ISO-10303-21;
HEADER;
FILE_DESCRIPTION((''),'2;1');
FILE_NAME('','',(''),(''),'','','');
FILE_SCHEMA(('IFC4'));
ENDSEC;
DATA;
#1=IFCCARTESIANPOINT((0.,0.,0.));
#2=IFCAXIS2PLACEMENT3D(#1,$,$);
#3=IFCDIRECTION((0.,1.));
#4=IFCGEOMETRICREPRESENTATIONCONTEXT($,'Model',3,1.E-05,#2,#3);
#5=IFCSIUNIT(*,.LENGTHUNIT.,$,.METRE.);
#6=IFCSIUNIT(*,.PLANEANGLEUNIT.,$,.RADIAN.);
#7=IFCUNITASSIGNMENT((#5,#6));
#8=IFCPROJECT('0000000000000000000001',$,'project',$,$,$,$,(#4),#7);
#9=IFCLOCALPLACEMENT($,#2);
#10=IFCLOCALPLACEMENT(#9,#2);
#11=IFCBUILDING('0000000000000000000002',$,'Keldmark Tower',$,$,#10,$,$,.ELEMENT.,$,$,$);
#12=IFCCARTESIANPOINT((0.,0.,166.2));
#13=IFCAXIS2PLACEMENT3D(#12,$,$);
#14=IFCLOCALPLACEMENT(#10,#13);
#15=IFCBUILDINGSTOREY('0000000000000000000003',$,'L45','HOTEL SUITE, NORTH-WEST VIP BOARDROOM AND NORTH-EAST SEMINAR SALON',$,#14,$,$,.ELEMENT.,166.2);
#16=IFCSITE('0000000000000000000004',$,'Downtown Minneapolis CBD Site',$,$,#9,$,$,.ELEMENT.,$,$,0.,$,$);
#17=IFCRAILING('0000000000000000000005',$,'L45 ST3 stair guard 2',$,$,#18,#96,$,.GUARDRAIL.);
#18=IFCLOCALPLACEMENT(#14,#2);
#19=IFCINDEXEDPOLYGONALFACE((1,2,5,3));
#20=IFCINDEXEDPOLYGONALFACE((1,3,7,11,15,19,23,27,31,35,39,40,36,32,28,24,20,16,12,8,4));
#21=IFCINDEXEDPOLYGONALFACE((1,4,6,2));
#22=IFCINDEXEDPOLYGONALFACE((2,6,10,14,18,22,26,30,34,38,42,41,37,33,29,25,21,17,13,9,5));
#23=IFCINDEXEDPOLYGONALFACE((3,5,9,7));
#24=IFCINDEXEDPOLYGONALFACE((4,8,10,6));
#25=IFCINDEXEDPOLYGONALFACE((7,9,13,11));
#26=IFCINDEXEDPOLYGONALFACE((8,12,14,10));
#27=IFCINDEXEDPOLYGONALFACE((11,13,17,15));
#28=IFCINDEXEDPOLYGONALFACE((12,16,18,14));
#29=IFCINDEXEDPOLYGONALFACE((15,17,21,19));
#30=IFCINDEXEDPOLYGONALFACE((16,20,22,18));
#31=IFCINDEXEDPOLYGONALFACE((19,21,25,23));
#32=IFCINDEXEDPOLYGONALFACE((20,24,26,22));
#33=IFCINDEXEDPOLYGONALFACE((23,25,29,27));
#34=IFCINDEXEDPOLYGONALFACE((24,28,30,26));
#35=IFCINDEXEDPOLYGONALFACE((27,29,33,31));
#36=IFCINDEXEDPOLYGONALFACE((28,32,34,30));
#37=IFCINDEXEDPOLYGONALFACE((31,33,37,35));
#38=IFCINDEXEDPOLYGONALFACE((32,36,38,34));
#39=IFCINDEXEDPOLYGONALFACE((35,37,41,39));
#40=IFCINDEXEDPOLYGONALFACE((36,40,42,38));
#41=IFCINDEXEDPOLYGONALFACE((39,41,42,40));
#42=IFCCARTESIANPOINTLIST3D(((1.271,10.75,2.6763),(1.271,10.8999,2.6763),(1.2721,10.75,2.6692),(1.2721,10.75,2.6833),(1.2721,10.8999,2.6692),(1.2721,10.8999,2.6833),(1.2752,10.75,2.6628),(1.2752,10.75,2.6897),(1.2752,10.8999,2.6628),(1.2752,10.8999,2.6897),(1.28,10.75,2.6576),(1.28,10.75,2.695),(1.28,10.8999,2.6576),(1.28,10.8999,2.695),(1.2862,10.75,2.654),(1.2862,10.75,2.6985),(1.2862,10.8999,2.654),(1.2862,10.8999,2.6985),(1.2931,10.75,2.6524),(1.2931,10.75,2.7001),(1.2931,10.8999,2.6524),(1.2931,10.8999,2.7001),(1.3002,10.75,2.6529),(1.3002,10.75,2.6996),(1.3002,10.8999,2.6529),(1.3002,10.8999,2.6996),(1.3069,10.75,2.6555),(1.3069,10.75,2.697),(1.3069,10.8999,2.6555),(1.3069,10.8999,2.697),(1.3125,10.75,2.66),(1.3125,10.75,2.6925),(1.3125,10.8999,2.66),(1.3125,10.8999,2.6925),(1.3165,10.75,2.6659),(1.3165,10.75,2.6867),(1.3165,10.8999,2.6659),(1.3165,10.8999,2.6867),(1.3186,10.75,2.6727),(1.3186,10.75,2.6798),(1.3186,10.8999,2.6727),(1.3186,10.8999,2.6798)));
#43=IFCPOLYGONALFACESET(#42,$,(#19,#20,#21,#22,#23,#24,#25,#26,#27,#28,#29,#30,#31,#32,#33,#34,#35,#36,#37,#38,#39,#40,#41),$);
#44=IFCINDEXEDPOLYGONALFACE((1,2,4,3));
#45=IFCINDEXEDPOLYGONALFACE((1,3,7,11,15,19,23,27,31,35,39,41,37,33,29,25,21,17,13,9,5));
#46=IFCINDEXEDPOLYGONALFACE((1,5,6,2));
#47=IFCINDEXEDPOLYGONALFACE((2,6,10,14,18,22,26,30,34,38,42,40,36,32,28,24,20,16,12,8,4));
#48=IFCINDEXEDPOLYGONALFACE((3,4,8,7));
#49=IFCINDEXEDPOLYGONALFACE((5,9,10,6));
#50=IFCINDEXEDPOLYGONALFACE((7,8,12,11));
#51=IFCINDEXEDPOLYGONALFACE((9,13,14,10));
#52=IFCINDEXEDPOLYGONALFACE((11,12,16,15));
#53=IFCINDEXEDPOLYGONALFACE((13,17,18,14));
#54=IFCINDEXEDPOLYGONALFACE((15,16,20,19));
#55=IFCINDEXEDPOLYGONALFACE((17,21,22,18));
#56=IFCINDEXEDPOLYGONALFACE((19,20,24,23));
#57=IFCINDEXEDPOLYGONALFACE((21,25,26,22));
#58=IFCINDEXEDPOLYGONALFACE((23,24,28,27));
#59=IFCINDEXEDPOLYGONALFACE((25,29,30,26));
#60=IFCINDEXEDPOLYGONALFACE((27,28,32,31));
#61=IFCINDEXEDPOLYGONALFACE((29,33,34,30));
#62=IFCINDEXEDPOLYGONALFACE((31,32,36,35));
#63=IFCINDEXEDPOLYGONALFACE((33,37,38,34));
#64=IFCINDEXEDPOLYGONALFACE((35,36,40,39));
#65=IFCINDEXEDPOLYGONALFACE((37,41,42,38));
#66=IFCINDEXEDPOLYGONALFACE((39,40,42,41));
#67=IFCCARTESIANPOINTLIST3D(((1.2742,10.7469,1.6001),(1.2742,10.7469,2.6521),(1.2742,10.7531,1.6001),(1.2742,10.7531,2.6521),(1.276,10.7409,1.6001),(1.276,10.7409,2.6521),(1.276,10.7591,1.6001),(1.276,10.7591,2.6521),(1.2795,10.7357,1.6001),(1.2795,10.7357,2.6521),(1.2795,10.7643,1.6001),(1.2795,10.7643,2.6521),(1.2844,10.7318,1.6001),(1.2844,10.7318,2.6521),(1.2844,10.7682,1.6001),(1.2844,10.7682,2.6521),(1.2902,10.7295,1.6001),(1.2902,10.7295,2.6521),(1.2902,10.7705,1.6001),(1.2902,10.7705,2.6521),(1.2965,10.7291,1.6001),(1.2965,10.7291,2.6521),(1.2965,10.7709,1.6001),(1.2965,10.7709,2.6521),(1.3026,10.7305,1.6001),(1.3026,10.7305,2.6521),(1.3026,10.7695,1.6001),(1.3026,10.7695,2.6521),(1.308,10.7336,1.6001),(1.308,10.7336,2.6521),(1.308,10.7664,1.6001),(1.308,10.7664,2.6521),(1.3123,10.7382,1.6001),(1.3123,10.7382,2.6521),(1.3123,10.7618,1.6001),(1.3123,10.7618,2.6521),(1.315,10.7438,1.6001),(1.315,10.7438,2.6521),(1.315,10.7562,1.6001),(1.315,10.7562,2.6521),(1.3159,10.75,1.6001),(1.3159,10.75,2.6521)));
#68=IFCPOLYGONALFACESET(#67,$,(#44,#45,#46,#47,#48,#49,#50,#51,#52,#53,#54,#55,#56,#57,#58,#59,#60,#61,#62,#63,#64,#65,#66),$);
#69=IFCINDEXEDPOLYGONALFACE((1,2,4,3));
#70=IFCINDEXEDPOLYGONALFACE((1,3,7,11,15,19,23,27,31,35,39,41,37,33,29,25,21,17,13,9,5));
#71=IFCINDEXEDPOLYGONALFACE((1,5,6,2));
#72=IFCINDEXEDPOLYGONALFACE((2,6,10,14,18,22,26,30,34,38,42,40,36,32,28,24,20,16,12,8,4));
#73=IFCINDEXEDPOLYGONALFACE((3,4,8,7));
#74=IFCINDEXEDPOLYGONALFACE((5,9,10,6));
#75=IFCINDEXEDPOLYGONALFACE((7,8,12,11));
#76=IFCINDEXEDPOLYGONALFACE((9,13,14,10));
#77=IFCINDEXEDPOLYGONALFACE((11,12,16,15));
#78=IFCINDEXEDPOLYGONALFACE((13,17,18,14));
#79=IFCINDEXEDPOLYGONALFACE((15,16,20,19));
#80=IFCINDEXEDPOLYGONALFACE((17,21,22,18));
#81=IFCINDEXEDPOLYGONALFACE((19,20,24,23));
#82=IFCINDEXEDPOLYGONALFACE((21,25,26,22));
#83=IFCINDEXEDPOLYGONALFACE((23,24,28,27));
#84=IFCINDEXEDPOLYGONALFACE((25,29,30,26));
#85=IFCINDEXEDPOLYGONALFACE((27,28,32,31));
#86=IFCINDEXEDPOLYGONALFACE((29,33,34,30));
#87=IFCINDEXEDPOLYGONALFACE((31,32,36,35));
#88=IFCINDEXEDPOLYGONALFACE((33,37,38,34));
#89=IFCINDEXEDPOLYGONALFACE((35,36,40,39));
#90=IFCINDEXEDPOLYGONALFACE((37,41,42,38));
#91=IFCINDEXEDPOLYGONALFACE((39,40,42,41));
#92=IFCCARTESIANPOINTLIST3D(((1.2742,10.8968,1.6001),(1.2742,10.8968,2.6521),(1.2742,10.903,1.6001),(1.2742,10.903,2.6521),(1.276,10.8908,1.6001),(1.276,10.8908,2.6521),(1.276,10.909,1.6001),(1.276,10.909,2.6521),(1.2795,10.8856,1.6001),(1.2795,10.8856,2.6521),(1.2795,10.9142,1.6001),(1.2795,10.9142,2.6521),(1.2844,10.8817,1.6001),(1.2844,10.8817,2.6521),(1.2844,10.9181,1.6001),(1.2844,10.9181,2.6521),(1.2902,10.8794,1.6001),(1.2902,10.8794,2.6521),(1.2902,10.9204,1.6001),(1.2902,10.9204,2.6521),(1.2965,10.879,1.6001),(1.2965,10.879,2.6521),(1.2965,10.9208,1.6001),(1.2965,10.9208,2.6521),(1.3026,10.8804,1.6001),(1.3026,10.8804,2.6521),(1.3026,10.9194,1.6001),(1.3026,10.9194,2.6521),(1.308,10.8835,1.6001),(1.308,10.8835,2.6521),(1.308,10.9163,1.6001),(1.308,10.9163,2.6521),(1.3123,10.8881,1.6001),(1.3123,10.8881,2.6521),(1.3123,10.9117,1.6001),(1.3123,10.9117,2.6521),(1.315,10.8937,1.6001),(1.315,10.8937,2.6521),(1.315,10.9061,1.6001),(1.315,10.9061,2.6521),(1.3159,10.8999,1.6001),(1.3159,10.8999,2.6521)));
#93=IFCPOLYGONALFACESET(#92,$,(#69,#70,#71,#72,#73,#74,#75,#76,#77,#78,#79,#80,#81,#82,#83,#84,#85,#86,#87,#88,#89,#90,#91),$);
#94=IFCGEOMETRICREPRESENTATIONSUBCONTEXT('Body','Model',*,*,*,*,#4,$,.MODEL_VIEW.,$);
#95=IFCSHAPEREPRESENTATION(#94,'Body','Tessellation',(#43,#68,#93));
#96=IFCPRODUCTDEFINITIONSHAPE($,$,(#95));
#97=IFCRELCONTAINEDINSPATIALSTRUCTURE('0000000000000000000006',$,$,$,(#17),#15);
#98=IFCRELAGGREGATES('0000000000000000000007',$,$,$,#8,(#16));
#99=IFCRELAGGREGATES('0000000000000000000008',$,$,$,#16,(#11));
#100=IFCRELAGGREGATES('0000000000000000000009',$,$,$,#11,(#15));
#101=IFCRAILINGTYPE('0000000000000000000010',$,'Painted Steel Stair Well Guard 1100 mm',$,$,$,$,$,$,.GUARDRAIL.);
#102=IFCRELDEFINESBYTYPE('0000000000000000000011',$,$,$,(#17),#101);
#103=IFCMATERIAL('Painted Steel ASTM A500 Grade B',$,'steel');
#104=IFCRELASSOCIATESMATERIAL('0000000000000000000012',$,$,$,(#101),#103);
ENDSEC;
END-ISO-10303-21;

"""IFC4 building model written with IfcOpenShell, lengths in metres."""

from ifc_helpers import new_model, si_unit, direction, frame, origin, origin_2d, place, context, subcontext, project, spatial, circle, extrude, material, type_object, element, save


model = new_model("IFC4")

# Units and contexts
model_context = context("Model", 3, precision=1e-05, world=origin(), true_north=direction((0.0, 1.0)))
body_context = subcontext(model_context, "Body", "Model", "MODEL_VIEW")
ifc_project = project(units=[si_unit("LENGTHUNIT", "METRE"), si_unit("PLANEANGLEUNIT", "RADIAN")], contexts=[model_context])

# Site, building, storey
site_placement = place(None, origin())
site = spatial("IfcSite", under=ifc_project, at=site_placement, Name="Downtown Minneapolis CBD Site", CompositionType="ELEMENT", RefElevation=0.0)
building_placement = place(site_placement, origin())
building = spatial("IfcBuilding", under=site, at=building_placement, Name="Keldmark Tower", CompositionType="ELEMENT")
storey_placement = place(building_placement, frame((0.0, 0.0, 166.2)))
storey = spatial("IfcBuildingStorey", under=building, at=storey_placement, Name="L45", Description="HOTEL SUITE, NORTH-WEST VIP BOARDROOM AND NORTH-EAST SEMINAR SALON", CompositionType="ELEMENT", Elevation=166.2)

# Railing
ifc_material_1 = material(Name="Painted Steel ASTM A500 Grade B", Category="steel")
railing_type_1 = type_object("IfcRailingType", Name="Painted Steel Stair Well Guard 1100 mm", PredefinedType="GUARDRAIL", material=ifc_material_1)
railing_1_placement = place(storey_placement, frame((1.2949, 10.75, 1.6001)))
element("IfcRailing", 1, at=railing_1_placement, inside=storey, type_object=railing_type_1, Name="L45 ST3 stair guard 2", PredefinedType="GUARDRAIL", context=body_context, shape_type="SweptSolid", body=[
    extrude(circle(Radius=0.0239, at=origin_2d()), frame((0.0, 0.0, 1.0762), z_axis=(0.0, 1.0, 0.0), x_axis=(-1.0, 0.0, 0.0)), (0.0, 0.0, 1.0), 0.1499),
    extrude(circle(Radius=0.021, at=origin_2d()), origin(), (0.0, 0.0, 1.0), 1.052),
    extrude(circle(Radius=0.021, at=origin_2d()), frame((0.0, 0.1499, 0.0)), (0.0, 0.0, 1.0), 1.052),
])

save(model, "model.ifc")
